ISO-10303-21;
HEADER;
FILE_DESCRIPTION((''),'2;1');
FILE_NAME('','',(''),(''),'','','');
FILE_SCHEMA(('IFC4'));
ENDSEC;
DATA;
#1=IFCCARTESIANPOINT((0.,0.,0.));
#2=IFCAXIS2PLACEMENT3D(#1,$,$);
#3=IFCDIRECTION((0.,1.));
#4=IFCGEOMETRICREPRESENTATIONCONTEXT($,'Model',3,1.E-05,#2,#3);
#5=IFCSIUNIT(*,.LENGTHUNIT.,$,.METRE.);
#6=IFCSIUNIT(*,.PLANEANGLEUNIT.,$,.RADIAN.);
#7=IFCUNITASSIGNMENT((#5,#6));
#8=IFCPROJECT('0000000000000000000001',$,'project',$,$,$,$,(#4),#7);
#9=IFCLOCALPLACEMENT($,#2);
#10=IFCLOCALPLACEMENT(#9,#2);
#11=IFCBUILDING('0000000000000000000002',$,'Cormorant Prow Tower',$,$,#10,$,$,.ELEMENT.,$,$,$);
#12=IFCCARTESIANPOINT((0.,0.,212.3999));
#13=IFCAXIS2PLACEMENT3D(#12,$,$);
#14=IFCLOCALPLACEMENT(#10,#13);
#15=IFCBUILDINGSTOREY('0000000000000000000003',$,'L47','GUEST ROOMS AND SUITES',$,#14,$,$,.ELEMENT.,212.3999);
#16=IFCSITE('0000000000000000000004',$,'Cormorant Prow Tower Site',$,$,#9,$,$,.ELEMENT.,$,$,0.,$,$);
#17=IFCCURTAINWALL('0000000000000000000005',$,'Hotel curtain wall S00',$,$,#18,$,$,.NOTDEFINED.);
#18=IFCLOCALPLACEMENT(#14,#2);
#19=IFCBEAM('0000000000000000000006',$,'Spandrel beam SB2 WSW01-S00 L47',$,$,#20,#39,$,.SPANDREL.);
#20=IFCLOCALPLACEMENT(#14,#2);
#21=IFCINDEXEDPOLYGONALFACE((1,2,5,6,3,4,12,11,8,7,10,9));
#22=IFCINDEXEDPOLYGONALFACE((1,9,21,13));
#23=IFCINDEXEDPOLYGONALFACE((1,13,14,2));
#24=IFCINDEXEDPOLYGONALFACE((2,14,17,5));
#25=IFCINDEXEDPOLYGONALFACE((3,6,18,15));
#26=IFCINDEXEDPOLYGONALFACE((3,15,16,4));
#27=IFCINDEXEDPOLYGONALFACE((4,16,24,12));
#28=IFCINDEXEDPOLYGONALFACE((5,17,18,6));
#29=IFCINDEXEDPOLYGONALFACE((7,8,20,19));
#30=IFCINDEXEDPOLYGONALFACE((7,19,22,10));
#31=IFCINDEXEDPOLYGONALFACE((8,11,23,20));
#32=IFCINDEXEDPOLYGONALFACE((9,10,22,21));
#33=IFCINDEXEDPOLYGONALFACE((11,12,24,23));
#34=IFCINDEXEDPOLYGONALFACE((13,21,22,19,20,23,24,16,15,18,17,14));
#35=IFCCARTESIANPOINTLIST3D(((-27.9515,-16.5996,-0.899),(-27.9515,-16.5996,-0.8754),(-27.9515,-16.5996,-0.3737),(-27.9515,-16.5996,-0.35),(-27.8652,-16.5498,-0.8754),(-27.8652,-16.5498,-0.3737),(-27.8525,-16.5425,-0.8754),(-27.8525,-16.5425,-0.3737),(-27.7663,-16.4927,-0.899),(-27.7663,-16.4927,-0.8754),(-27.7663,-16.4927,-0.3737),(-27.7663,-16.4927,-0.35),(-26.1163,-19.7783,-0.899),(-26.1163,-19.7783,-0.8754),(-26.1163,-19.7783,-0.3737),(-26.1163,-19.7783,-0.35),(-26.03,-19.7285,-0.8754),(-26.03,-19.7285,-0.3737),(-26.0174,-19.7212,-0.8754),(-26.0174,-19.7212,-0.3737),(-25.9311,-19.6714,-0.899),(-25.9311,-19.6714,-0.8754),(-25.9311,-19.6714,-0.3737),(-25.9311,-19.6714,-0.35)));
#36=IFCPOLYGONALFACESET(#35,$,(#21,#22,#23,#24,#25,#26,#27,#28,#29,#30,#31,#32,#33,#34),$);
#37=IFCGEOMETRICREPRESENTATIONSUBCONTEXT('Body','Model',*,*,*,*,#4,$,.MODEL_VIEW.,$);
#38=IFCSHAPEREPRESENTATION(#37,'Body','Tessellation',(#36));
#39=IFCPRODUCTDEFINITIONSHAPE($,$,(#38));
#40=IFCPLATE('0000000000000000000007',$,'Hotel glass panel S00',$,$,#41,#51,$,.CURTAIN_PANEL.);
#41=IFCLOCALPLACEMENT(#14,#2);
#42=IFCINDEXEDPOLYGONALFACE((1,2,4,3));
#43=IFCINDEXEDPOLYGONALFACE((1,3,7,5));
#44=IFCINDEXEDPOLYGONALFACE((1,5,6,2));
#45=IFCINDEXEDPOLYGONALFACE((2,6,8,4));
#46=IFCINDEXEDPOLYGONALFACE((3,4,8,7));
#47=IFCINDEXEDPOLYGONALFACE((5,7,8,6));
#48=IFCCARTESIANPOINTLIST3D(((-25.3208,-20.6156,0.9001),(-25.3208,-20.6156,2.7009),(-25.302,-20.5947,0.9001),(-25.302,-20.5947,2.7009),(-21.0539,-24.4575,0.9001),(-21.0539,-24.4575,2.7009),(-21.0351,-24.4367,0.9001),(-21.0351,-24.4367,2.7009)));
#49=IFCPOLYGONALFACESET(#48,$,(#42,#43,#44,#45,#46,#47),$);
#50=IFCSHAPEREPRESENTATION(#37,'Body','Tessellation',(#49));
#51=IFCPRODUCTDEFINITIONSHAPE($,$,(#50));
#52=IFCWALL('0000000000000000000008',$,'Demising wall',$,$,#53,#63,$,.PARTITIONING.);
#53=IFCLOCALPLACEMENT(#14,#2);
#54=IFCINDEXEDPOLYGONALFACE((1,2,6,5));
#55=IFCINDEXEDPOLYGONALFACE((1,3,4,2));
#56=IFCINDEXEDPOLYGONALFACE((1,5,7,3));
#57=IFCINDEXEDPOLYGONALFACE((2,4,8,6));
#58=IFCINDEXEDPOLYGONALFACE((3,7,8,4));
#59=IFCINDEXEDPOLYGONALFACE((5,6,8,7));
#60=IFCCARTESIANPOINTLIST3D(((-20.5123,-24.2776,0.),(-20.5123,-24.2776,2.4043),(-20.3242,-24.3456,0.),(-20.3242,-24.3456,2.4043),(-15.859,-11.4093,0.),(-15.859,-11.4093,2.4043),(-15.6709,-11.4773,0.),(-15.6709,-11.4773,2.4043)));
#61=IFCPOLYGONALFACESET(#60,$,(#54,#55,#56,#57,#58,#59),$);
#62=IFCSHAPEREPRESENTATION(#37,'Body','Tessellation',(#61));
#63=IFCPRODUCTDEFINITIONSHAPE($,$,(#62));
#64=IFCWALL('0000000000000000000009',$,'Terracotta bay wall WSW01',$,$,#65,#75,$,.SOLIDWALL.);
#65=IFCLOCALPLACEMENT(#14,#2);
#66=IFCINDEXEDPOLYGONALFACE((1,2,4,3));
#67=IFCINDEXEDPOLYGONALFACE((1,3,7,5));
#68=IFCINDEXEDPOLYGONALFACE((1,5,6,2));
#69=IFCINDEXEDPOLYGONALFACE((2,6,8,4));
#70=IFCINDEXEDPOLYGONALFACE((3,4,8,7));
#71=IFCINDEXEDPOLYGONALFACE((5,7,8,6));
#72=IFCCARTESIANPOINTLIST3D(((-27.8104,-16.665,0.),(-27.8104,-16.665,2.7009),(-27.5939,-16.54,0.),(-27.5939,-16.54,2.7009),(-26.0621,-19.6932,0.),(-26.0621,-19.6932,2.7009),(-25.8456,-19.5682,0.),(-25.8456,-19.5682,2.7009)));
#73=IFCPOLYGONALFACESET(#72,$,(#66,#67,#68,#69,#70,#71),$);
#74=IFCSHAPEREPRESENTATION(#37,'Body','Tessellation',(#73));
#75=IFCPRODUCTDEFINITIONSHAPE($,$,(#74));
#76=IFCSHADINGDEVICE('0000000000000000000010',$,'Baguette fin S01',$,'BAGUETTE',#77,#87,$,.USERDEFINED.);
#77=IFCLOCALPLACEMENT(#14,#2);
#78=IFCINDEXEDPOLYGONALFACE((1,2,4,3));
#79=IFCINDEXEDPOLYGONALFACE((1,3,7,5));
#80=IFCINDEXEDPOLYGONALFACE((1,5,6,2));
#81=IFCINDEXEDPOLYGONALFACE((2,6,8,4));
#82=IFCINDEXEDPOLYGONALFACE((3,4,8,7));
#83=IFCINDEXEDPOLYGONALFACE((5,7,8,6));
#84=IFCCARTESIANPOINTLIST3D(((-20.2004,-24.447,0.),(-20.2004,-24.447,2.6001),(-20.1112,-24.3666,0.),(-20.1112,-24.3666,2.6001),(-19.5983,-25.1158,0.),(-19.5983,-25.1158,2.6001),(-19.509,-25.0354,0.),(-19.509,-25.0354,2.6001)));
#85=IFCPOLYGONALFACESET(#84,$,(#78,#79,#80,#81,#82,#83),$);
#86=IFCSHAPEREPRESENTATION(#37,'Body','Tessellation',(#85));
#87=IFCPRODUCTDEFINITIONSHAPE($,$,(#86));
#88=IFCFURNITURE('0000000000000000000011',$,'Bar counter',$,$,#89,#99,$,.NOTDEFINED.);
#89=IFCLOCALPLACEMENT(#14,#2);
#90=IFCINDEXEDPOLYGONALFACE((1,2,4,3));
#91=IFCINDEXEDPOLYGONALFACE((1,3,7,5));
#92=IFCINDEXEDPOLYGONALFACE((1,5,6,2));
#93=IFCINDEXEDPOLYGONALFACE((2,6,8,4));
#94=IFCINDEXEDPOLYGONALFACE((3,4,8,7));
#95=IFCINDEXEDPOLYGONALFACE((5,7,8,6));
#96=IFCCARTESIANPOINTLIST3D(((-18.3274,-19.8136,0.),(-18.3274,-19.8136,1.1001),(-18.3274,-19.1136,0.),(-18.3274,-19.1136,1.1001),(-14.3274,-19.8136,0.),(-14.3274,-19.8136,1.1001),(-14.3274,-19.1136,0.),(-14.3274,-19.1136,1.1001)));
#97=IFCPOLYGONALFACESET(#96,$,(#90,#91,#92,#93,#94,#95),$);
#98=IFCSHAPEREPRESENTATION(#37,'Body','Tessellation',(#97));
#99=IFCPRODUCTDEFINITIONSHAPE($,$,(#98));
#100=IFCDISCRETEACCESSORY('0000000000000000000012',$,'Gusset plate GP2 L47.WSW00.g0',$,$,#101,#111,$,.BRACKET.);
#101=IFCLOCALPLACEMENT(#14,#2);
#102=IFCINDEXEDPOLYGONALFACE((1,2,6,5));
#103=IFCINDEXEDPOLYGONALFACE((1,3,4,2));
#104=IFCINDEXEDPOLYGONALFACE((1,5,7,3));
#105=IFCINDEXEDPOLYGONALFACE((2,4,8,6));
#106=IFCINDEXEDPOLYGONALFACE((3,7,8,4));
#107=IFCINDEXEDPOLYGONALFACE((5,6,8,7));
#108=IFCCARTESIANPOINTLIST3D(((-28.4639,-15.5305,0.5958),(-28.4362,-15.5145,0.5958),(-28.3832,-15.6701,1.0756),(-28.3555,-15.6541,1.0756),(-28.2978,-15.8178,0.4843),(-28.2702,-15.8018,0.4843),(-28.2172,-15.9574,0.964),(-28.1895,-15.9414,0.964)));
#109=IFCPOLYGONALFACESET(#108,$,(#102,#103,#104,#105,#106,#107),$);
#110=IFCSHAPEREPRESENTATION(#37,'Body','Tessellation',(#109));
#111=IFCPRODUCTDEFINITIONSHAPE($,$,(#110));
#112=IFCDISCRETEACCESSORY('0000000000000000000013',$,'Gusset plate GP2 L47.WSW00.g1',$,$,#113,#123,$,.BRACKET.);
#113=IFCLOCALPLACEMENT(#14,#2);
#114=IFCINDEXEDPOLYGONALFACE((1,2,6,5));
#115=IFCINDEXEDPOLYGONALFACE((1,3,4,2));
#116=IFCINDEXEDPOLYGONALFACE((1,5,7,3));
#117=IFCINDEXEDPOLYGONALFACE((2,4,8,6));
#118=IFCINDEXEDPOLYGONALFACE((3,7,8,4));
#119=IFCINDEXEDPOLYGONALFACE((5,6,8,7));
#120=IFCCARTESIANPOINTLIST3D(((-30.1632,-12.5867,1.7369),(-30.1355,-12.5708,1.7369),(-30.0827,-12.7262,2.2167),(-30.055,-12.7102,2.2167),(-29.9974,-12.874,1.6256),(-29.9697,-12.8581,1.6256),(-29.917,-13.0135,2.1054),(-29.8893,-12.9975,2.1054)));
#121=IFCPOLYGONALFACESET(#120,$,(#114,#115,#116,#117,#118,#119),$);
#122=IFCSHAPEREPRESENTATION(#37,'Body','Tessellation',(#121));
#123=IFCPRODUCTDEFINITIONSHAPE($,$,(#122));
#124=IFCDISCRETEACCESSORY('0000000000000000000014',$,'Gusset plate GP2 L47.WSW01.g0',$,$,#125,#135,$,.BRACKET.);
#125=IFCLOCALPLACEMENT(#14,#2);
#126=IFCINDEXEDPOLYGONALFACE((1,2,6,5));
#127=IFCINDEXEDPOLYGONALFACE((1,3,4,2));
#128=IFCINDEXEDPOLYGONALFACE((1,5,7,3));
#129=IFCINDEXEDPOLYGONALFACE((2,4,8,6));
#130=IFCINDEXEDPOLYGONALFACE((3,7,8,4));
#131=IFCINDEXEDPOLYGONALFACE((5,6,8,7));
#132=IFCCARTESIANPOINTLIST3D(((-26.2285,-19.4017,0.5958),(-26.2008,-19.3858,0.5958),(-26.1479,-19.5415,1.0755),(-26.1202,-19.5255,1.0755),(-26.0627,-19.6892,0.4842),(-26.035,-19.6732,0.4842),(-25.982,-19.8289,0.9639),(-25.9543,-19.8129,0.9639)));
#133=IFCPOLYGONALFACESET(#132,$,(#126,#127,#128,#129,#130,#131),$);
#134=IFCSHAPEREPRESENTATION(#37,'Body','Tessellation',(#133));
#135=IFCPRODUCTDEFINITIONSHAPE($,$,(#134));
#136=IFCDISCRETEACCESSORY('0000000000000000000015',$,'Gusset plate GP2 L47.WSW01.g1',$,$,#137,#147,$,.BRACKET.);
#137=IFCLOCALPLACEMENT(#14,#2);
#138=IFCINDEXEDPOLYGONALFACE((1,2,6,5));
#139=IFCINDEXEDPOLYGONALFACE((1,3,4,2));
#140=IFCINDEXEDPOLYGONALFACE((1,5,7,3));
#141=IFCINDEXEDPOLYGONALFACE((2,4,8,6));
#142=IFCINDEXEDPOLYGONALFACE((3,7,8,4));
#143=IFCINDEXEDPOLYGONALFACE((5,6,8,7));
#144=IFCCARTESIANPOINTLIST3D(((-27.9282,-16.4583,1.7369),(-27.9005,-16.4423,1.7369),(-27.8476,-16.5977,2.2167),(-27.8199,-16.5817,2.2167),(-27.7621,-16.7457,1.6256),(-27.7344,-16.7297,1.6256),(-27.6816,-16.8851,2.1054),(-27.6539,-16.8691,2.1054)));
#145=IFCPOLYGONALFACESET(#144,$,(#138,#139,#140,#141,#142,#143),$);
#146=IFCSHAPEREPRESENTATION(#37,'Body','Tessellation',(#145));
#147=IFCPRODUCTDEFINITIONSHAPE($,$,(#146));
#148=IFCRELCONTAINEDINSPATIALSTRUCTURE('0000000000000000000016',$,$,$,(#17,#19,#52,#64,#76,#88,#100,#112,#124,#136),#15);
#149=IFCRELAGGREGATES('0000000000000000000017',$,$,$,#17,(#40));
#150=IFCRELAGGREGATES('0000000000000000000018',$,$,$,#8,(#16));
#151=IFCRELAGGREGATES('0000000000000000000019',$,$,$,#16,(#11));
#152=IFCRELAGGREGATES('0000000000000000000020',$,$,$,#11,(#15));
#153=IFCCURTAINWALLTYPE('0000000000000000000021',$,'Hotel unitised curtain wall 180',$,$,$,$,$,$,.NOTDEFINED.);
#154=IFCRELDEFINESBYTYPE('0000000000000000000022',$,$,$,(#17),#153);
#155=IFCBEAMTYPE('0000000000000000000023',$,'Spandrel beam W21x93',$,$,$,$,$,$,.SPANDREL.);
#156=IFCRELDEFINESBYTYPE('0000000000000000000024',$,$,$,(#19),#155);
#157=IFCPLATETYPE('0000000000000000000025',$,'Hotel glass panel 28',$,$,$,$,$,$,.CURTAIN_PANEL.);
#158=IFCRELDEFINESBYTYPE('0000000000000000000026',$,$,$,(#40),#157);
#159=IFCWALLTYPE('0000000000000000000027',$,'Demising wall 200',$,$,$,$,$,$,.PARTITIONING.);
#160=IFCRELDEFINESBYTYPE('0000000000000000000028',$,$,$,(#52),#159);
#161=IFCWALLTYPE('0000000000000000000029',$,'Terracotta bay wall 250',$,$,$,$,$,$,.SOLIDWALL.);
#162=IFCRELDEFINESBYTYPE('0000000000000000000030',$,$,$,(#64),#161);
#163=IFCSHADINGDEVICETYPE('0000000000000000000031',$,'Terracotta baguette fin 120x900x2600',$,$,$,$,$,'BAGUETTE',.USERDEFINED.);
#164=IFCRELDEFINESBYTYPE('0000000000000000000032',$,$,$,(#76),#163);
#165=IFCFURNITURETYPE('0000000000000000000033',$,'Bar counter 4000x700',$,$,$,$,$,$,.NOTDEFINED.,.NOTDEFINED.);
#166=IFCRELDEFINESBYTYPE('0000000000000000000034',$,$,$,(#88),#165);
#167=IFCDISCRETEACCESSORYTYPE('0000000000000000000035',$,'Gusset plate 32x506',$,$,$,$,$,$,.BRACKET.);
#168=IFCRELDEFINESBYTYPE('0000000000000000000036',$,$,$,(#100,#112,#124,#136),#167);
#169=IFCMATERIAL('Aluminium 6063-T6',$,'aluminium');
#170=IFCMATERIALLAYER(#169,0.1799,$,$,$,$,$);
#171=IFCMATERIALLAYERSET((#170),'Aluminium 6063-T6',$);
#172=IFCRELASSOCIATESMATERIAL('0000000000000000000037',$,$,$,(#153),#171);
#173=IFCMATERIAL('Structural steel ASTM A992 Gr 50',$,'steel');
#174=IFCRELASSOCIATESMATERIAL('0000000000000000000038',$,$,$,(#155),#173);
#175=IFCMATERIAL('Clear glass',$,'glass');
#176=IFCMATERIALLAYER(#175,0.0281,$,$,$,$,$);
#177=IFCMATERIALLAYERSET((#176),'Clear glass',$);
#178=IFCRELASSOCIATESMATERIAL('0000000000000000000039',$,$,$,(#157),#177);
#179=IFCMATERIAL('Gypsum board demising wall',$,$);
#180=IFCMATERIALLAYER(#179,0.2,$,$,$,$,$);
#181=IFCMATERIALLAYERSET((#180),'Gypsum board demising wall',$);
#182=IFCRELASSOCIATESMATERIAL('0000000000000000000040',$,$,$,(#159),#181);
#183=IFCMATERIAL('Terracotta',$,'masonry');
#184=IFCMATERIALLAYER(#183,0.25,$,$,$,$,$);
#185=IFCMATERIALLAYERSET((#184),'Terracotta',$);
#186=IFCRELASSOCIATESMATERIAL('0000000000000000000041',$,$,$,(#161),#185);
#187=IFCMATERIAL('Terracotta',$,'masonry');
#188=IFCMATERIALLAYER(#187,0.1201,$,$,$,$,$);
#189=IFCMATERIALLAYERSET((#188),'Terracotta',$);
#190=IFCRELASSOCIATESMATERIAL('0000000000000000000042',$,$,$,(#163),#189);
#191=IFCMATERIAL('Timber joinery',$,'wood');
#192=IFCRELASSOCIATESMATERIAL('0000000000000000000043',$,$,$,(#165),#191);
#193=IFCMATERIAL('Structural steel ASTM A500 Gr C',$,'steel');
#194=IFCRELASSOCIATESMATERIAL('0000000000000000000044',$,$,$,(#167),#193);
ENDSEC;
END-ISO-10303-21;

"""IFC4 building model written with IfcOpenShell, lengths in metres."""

from ifc_helpers import new_model, si_unit, direction, frame, frame_2d, origin, origin_2d, place, context, subcontext, project, spatial, rectangle, i_section, extrude, material, layer, layer_set, material_profile, profile_set, type_object, element, aggregate, save


model = new_model("IFC4")

# Units and contexts
model_context = context("Model", 3, precision=1e-05, world=origin(), true_north=direction((0.0, 1.0)))
body_context = subcontext(model_context, "Body", "Model", "MODEL_VIEW")
ifc_project = project(units=[si_unit("LENGTHUNIT", "METRE"), si_unit("PLANEANGLEUNIT", "RADIAN")], contexts=[model_context])

# Site, building, storey
site_placement = place(None, origin())
site = spatial("IfcSite", under=ifc_project, at=site_placement, Name="Cormorant Prow Tower Site", CompositionType="ELEMENT", RefElevation=0.0)
building_placement = place(site_placement, origin())
building = spatial("IfcBuilding", under=site, at=building_placement, Name="Cormorant Prow Tower", CompositionType="ELEMENT")
storey_placement = place(building_placement, frame((0.0, 0.0, 212.3999)))
storey = spatial("IfcBuildingStorey", under=building, at=storey_placement, Name="L47", Description="GUEST ROOMS AND SUITES", CompositionType="ELEMENT", Elevation=212.3999)

# Curtain wall
ifc_material_1 = material(Name="Aluminium 6063-T6", Category="aluminium")
ifc_layer_1 = layer(ifc_material_1, 0.1799)
ifc_layer_set_1 = layer_set([ifc_layer_1], Name="Aluminium 6063-T6")
curtain_wall_type = type_object("IfcCurtainWallType", Name="Hotel unitised curtain wall 180", PredefinedType="NOTDEFINED", material=ifc_layer_set_1)
curtain_wall_placement = place(storey_placement, origin())
curtain_wall = element("IfcCurtainWall", 1, at=curtain_wall_placement, inside=storey, type_object=curtain_wall_type, Name="Hotel curtain wall S00", PredefinedType="NOTDEFINED")

# Beam
ifc_material_2 = material(Name="Structural steel ASTM A992 Gr 50", Category="steel")
ifc_material_profile_1 = material_profile(ifc_material_2, i_section(OverallWidth=0.2139, OverallDepth=0.5491, WebThickness=0.0146, FlangeThickness=0.0237, at=origin_2d()), Name="W21x93")
ifc_profile_set_1 = profile_set([ifc_material_profile_1], Name="Structural steel ASTM A992 Gr 50")
beam_type = type_object("IfcBeamType", Name="Spandrel beam W21x93", PredefinedType="SPANDREL", material=ifc_profile_set_1)
for number, where, z_axis, x_axis, name in (
    (2, (-27.8589, -16.5461, -0.6245), (0.499995, -0.866028, 0.0), (0.866028, 0.499995, 0.0), "Spandrel beam SB2 WSW01-S00 L47"),
):
    element("IfcBeam", number, at=place(storey_placement, frame(where, z_axis=z_axis, x_axis=x_axis)), inside=storey, type_object=beam_type, Name=name, PredefinedType="SPANDREL", context=body_context, shape_type="SweptSolid", body=[
        extrude(i_section(OverallWidth=0.2139, OverallDepth=0.5491, WebThickness=0.0146, FlangeThickness=0.0237, at=origin_2d()), origin(), (0.0, 0.0, 1.0), 3.6704),
    ])

# Plate
ifc_material_3 = material(Name="Clear glass", Category="glass")
ifc_layer_2 = layer(ifc_material_3, 0.0281)
ifc_layer_set_2 = layer_set([ifc_layer_2], Name="Clear glass")
plate_type = type_object("IfcPlateType", Name="Hotel glass panel 28", PredefinedType="CURTAIN_PANEL", material=ifc_layer_set_2)
plate_placement = place(storey_placement, frame((-23.178, -22.5261, 0.9001), z_axis=(0.0, 0.0, 1.0), x_axis=(0.743145, -0.669131, 0.0)))
plate = element("IfcPlate", 3, at=plate_placement, type_object=plate_type, Name="Hotel glass panel S00", PredefinedType="CURTAIN_PANEL", context=body_context, shape_type="SweptSolid", body=[
    extrude(rectangle(XDim=5.7417, YDim=0.0281, at=origin_2d()), origin(), (0.0, 0.0, 1.0), 1.8008),
])
aggregate(curtain_wall, [plate])

# Walls
ifc_material_4 = material(Name="Gypsum board demising wall")
ifc_layer_3 = layer(ifc_material_4, 0.2)
ifc_layer_set_3 = layer_set([ifc_layer_3], Name="Gypsum board demising wall")
wall_type_1 = type_object("IfcWallType", Name="Demising wall 200", PredefinedType="PARTITIONING", material=ifc_layer_set_3)
wall_1_placement = place(storey_placement, frame((-20.4182, -24.3115, 0.0), z_axis=(0.0, 0.0, 1.0), x_axis=(0.340058, 0.940405, 0.0)))
element("IfcWall", 4, at=wall_1_placement, inside=storey, type_object=wall_type_1, Name="Demising wall", PredefinedType="PARTITIONING", context=body_context, shape_type="SweptSolid", body=[
    extrude(rectangle(XDim=13.6838, YDim=0.2, at=frame_2d((6.8418, 0.0))), origin(), (0.0, 0.0, 1.0), 2.4043),
])
ifc_material_5 = material(Name="Terracotta", Category="masonry")
ifc_layer_4 = layer(ifc_material_5, 0.25)
ifc_layer_set_4 = layer_set([ifc_layer_4], Name="Terracotta")
wall_type_2 = type_object("IfcWallType", Name="Terracotta bay wall 250", PredefinedType="SOLIDWALL", material=ifc_layer_set_4)
wall_2_placement = place(storey_placement, frame((-27.7021, -16.6025, 0.0), z_axis=(0.0, 0.0, 1.0), x_axis=(0.500007, -0.866022, 0.0)))
element("IfcWall", 5, at=wall_2_placement, inside=storey, type_object=wall_type_2, Name="Terracotta bay wall WSW01", PredefinedType="SOLIDWALL", context=body_context, shape_type="SweptSolid", body=[
    extrude(rectangle(XDim=3.4966, YDim=0.25, at=frame_2d((1.7483, 0.0))), origin(), (0.0, 0.0, 1.0), 2.7009),
])

# Shading device
ifc_material_6 = material(Name="Terracotta", Category="masonry")
ifc_layer_5 = layer(ifc_material_6, 0.1201)
ifc_layer_set_5 = layer_set([ifc_layer_5], Name="Terracotta")
shading_device_type = type_object("IfcShadingDeviceType", Name="Terracotta baguette fin 120x900x2600", ElementType="BAGUETTE", PredefinedType="USERDEFINED", material=ifc_layer_set_5)
shading_device_placement = place(storey_placement, frame((-19.8547, -24.7412, 0.0), z_axis=(0.0, 0.0, 1.0), x_axis=(0.743145, 0.669131, 0.0)))
element("IfcShadingDevice", 6, at=shading_device_placement, inside=storey, type_object=shading_device_type, Name="Baguette fin S01", ObjectType="BAGUETTE", PredefinedType="USERDEFINED", context=body_context, shape_type="SweptSolid", body=[
    extrude(rectangle(XDim=0.1201, YDim=0.8999, at=origin_2d()), origin(), (0.0, 0.0, 1.0), 2.6001),
])

# Furniture
ifc_material_7 = material(Name="Timber joinery", Category="wood")
furniture_type = type_object("IfcFurnitureType", Name="Bar counter 4000x700", AssemblyPlace="NOTDEFINED", PredefinedType="NOTDEFINED", material=ifc_material_7)
furniture_placement = place(storey_placement, frame((-16.3274, -19.4636, 0.0), z_axis=(0.0, 0.0, 1.0), x_axis=(1.0, 0.0, 0.0)))
element("IfcFurniture", 7, at=furniture_placement, inside=storey, type_object=furniture_type, Name="Bar counter", PredefinedType="NOTDEFINED", context=body_context, shape_type="SweptSolid", body=[
    extrude(rectangle(XDim=4.0, YDim=0.7, at=origin_2d()), origin(), (0.0, 0.0, 1.0), 1.1001),
])

# Discrete accessories
ifc_material_8 = material(Name="Structural steel ASTM A500 Gr C", Category="steel")
ifc_material_profile_2 = material_profile(ifc_material_8, rectangle(XDim=0.032, YDim=0.5061, at=origin_2d()), Name="Gusset plate 32x506")
ifc_profile_set_2 = profile_set([ifc_material_profile_2], Name="Structural steel ASTM A500 Gr C")
discrete_accessory_type = type_object("IfcDiscreteAccessoryType", Name="Gusset plate 32x506", PredefinedType="BRACKET", material=ifc_profile_set_2)
discrete_accessory_1_placement = place(storey_placement, frame((-28.4097, -15.5923, 0.8357), z_axis=(0.474172, -0.820737, -0.318672), x_axis=(0.865879, 0.500253, 0.0)))
element("IfcDiscreteAccessory", 8, at=discrete_accessory_1_placement, inside=storey, type_object=discrete_accessory_type, Name="Gusset plate GP2 L47.WSW00.g0", PredefinedType="BRACKET", context=body_context, shape_type="SweptSolid", body=[
    extrude(rectangle(XDim=0.032, YDim=0.5061, at=origin_2d()), origin(), (0.0, 0.0, 1.0), 0.3501),
])
discrete_accessory_2_placement = place(storey_placement, frame((-29.9434, -12.9358, 1.8655), z_axis=(-0.473737, 0.82119, 0.31815), x_axis=(-0.866198, -0.499701, 0.0)))
element("IfcDiscreteAccessory", 9, at=discrete_accessory_2_placement, inside=storey, type_object=discrete_accessory_type, Name="Gusset plate GP2 L47.WSW00.g1", PredefinedType="BRACKET", context=body_context, shape_type="SweptSolid", body=[
    extrude(rectangle(XDim=0.032, YDim=0.5061, at=origin_2d()), origin(), (0.0, 0.0, 1.0), 0.3499),
])
for number, where, z_axis, x_axis, name in (
    (10, (-26.1743, -19.4636, 0.8357), (0.473632, -0.821008, -0.318777), (0.866198, 0.499701, 0.0), "Gusset plate GP2 L47.WSW01.g0"),
    (11, (-27.708, -16.8074, 1.8655), (-0.474278, 0.820919, 0.318045), (-0.865879, -0.500253, 0.0), "Gusset plate GP2 L47.WSW01.g1"),
):
    element("IfcDiscreteAccessory", number, at=place(storey_placement, frame(where, z_axis=z_axis, x_axis=x_axis)), inside=storey, type_object=discrete_accessory_type, Name=name, PredefinedType="BRACKET", context=body_context, shape_type="SweptSolid", body=[
        extrude(rectangle(XDim=0.032, YDim=0.5061, at=origin_2d()), origin(), (0.0, 0.0, 1.0), 0.3501),
    ])

save(model, "model.ifc")
